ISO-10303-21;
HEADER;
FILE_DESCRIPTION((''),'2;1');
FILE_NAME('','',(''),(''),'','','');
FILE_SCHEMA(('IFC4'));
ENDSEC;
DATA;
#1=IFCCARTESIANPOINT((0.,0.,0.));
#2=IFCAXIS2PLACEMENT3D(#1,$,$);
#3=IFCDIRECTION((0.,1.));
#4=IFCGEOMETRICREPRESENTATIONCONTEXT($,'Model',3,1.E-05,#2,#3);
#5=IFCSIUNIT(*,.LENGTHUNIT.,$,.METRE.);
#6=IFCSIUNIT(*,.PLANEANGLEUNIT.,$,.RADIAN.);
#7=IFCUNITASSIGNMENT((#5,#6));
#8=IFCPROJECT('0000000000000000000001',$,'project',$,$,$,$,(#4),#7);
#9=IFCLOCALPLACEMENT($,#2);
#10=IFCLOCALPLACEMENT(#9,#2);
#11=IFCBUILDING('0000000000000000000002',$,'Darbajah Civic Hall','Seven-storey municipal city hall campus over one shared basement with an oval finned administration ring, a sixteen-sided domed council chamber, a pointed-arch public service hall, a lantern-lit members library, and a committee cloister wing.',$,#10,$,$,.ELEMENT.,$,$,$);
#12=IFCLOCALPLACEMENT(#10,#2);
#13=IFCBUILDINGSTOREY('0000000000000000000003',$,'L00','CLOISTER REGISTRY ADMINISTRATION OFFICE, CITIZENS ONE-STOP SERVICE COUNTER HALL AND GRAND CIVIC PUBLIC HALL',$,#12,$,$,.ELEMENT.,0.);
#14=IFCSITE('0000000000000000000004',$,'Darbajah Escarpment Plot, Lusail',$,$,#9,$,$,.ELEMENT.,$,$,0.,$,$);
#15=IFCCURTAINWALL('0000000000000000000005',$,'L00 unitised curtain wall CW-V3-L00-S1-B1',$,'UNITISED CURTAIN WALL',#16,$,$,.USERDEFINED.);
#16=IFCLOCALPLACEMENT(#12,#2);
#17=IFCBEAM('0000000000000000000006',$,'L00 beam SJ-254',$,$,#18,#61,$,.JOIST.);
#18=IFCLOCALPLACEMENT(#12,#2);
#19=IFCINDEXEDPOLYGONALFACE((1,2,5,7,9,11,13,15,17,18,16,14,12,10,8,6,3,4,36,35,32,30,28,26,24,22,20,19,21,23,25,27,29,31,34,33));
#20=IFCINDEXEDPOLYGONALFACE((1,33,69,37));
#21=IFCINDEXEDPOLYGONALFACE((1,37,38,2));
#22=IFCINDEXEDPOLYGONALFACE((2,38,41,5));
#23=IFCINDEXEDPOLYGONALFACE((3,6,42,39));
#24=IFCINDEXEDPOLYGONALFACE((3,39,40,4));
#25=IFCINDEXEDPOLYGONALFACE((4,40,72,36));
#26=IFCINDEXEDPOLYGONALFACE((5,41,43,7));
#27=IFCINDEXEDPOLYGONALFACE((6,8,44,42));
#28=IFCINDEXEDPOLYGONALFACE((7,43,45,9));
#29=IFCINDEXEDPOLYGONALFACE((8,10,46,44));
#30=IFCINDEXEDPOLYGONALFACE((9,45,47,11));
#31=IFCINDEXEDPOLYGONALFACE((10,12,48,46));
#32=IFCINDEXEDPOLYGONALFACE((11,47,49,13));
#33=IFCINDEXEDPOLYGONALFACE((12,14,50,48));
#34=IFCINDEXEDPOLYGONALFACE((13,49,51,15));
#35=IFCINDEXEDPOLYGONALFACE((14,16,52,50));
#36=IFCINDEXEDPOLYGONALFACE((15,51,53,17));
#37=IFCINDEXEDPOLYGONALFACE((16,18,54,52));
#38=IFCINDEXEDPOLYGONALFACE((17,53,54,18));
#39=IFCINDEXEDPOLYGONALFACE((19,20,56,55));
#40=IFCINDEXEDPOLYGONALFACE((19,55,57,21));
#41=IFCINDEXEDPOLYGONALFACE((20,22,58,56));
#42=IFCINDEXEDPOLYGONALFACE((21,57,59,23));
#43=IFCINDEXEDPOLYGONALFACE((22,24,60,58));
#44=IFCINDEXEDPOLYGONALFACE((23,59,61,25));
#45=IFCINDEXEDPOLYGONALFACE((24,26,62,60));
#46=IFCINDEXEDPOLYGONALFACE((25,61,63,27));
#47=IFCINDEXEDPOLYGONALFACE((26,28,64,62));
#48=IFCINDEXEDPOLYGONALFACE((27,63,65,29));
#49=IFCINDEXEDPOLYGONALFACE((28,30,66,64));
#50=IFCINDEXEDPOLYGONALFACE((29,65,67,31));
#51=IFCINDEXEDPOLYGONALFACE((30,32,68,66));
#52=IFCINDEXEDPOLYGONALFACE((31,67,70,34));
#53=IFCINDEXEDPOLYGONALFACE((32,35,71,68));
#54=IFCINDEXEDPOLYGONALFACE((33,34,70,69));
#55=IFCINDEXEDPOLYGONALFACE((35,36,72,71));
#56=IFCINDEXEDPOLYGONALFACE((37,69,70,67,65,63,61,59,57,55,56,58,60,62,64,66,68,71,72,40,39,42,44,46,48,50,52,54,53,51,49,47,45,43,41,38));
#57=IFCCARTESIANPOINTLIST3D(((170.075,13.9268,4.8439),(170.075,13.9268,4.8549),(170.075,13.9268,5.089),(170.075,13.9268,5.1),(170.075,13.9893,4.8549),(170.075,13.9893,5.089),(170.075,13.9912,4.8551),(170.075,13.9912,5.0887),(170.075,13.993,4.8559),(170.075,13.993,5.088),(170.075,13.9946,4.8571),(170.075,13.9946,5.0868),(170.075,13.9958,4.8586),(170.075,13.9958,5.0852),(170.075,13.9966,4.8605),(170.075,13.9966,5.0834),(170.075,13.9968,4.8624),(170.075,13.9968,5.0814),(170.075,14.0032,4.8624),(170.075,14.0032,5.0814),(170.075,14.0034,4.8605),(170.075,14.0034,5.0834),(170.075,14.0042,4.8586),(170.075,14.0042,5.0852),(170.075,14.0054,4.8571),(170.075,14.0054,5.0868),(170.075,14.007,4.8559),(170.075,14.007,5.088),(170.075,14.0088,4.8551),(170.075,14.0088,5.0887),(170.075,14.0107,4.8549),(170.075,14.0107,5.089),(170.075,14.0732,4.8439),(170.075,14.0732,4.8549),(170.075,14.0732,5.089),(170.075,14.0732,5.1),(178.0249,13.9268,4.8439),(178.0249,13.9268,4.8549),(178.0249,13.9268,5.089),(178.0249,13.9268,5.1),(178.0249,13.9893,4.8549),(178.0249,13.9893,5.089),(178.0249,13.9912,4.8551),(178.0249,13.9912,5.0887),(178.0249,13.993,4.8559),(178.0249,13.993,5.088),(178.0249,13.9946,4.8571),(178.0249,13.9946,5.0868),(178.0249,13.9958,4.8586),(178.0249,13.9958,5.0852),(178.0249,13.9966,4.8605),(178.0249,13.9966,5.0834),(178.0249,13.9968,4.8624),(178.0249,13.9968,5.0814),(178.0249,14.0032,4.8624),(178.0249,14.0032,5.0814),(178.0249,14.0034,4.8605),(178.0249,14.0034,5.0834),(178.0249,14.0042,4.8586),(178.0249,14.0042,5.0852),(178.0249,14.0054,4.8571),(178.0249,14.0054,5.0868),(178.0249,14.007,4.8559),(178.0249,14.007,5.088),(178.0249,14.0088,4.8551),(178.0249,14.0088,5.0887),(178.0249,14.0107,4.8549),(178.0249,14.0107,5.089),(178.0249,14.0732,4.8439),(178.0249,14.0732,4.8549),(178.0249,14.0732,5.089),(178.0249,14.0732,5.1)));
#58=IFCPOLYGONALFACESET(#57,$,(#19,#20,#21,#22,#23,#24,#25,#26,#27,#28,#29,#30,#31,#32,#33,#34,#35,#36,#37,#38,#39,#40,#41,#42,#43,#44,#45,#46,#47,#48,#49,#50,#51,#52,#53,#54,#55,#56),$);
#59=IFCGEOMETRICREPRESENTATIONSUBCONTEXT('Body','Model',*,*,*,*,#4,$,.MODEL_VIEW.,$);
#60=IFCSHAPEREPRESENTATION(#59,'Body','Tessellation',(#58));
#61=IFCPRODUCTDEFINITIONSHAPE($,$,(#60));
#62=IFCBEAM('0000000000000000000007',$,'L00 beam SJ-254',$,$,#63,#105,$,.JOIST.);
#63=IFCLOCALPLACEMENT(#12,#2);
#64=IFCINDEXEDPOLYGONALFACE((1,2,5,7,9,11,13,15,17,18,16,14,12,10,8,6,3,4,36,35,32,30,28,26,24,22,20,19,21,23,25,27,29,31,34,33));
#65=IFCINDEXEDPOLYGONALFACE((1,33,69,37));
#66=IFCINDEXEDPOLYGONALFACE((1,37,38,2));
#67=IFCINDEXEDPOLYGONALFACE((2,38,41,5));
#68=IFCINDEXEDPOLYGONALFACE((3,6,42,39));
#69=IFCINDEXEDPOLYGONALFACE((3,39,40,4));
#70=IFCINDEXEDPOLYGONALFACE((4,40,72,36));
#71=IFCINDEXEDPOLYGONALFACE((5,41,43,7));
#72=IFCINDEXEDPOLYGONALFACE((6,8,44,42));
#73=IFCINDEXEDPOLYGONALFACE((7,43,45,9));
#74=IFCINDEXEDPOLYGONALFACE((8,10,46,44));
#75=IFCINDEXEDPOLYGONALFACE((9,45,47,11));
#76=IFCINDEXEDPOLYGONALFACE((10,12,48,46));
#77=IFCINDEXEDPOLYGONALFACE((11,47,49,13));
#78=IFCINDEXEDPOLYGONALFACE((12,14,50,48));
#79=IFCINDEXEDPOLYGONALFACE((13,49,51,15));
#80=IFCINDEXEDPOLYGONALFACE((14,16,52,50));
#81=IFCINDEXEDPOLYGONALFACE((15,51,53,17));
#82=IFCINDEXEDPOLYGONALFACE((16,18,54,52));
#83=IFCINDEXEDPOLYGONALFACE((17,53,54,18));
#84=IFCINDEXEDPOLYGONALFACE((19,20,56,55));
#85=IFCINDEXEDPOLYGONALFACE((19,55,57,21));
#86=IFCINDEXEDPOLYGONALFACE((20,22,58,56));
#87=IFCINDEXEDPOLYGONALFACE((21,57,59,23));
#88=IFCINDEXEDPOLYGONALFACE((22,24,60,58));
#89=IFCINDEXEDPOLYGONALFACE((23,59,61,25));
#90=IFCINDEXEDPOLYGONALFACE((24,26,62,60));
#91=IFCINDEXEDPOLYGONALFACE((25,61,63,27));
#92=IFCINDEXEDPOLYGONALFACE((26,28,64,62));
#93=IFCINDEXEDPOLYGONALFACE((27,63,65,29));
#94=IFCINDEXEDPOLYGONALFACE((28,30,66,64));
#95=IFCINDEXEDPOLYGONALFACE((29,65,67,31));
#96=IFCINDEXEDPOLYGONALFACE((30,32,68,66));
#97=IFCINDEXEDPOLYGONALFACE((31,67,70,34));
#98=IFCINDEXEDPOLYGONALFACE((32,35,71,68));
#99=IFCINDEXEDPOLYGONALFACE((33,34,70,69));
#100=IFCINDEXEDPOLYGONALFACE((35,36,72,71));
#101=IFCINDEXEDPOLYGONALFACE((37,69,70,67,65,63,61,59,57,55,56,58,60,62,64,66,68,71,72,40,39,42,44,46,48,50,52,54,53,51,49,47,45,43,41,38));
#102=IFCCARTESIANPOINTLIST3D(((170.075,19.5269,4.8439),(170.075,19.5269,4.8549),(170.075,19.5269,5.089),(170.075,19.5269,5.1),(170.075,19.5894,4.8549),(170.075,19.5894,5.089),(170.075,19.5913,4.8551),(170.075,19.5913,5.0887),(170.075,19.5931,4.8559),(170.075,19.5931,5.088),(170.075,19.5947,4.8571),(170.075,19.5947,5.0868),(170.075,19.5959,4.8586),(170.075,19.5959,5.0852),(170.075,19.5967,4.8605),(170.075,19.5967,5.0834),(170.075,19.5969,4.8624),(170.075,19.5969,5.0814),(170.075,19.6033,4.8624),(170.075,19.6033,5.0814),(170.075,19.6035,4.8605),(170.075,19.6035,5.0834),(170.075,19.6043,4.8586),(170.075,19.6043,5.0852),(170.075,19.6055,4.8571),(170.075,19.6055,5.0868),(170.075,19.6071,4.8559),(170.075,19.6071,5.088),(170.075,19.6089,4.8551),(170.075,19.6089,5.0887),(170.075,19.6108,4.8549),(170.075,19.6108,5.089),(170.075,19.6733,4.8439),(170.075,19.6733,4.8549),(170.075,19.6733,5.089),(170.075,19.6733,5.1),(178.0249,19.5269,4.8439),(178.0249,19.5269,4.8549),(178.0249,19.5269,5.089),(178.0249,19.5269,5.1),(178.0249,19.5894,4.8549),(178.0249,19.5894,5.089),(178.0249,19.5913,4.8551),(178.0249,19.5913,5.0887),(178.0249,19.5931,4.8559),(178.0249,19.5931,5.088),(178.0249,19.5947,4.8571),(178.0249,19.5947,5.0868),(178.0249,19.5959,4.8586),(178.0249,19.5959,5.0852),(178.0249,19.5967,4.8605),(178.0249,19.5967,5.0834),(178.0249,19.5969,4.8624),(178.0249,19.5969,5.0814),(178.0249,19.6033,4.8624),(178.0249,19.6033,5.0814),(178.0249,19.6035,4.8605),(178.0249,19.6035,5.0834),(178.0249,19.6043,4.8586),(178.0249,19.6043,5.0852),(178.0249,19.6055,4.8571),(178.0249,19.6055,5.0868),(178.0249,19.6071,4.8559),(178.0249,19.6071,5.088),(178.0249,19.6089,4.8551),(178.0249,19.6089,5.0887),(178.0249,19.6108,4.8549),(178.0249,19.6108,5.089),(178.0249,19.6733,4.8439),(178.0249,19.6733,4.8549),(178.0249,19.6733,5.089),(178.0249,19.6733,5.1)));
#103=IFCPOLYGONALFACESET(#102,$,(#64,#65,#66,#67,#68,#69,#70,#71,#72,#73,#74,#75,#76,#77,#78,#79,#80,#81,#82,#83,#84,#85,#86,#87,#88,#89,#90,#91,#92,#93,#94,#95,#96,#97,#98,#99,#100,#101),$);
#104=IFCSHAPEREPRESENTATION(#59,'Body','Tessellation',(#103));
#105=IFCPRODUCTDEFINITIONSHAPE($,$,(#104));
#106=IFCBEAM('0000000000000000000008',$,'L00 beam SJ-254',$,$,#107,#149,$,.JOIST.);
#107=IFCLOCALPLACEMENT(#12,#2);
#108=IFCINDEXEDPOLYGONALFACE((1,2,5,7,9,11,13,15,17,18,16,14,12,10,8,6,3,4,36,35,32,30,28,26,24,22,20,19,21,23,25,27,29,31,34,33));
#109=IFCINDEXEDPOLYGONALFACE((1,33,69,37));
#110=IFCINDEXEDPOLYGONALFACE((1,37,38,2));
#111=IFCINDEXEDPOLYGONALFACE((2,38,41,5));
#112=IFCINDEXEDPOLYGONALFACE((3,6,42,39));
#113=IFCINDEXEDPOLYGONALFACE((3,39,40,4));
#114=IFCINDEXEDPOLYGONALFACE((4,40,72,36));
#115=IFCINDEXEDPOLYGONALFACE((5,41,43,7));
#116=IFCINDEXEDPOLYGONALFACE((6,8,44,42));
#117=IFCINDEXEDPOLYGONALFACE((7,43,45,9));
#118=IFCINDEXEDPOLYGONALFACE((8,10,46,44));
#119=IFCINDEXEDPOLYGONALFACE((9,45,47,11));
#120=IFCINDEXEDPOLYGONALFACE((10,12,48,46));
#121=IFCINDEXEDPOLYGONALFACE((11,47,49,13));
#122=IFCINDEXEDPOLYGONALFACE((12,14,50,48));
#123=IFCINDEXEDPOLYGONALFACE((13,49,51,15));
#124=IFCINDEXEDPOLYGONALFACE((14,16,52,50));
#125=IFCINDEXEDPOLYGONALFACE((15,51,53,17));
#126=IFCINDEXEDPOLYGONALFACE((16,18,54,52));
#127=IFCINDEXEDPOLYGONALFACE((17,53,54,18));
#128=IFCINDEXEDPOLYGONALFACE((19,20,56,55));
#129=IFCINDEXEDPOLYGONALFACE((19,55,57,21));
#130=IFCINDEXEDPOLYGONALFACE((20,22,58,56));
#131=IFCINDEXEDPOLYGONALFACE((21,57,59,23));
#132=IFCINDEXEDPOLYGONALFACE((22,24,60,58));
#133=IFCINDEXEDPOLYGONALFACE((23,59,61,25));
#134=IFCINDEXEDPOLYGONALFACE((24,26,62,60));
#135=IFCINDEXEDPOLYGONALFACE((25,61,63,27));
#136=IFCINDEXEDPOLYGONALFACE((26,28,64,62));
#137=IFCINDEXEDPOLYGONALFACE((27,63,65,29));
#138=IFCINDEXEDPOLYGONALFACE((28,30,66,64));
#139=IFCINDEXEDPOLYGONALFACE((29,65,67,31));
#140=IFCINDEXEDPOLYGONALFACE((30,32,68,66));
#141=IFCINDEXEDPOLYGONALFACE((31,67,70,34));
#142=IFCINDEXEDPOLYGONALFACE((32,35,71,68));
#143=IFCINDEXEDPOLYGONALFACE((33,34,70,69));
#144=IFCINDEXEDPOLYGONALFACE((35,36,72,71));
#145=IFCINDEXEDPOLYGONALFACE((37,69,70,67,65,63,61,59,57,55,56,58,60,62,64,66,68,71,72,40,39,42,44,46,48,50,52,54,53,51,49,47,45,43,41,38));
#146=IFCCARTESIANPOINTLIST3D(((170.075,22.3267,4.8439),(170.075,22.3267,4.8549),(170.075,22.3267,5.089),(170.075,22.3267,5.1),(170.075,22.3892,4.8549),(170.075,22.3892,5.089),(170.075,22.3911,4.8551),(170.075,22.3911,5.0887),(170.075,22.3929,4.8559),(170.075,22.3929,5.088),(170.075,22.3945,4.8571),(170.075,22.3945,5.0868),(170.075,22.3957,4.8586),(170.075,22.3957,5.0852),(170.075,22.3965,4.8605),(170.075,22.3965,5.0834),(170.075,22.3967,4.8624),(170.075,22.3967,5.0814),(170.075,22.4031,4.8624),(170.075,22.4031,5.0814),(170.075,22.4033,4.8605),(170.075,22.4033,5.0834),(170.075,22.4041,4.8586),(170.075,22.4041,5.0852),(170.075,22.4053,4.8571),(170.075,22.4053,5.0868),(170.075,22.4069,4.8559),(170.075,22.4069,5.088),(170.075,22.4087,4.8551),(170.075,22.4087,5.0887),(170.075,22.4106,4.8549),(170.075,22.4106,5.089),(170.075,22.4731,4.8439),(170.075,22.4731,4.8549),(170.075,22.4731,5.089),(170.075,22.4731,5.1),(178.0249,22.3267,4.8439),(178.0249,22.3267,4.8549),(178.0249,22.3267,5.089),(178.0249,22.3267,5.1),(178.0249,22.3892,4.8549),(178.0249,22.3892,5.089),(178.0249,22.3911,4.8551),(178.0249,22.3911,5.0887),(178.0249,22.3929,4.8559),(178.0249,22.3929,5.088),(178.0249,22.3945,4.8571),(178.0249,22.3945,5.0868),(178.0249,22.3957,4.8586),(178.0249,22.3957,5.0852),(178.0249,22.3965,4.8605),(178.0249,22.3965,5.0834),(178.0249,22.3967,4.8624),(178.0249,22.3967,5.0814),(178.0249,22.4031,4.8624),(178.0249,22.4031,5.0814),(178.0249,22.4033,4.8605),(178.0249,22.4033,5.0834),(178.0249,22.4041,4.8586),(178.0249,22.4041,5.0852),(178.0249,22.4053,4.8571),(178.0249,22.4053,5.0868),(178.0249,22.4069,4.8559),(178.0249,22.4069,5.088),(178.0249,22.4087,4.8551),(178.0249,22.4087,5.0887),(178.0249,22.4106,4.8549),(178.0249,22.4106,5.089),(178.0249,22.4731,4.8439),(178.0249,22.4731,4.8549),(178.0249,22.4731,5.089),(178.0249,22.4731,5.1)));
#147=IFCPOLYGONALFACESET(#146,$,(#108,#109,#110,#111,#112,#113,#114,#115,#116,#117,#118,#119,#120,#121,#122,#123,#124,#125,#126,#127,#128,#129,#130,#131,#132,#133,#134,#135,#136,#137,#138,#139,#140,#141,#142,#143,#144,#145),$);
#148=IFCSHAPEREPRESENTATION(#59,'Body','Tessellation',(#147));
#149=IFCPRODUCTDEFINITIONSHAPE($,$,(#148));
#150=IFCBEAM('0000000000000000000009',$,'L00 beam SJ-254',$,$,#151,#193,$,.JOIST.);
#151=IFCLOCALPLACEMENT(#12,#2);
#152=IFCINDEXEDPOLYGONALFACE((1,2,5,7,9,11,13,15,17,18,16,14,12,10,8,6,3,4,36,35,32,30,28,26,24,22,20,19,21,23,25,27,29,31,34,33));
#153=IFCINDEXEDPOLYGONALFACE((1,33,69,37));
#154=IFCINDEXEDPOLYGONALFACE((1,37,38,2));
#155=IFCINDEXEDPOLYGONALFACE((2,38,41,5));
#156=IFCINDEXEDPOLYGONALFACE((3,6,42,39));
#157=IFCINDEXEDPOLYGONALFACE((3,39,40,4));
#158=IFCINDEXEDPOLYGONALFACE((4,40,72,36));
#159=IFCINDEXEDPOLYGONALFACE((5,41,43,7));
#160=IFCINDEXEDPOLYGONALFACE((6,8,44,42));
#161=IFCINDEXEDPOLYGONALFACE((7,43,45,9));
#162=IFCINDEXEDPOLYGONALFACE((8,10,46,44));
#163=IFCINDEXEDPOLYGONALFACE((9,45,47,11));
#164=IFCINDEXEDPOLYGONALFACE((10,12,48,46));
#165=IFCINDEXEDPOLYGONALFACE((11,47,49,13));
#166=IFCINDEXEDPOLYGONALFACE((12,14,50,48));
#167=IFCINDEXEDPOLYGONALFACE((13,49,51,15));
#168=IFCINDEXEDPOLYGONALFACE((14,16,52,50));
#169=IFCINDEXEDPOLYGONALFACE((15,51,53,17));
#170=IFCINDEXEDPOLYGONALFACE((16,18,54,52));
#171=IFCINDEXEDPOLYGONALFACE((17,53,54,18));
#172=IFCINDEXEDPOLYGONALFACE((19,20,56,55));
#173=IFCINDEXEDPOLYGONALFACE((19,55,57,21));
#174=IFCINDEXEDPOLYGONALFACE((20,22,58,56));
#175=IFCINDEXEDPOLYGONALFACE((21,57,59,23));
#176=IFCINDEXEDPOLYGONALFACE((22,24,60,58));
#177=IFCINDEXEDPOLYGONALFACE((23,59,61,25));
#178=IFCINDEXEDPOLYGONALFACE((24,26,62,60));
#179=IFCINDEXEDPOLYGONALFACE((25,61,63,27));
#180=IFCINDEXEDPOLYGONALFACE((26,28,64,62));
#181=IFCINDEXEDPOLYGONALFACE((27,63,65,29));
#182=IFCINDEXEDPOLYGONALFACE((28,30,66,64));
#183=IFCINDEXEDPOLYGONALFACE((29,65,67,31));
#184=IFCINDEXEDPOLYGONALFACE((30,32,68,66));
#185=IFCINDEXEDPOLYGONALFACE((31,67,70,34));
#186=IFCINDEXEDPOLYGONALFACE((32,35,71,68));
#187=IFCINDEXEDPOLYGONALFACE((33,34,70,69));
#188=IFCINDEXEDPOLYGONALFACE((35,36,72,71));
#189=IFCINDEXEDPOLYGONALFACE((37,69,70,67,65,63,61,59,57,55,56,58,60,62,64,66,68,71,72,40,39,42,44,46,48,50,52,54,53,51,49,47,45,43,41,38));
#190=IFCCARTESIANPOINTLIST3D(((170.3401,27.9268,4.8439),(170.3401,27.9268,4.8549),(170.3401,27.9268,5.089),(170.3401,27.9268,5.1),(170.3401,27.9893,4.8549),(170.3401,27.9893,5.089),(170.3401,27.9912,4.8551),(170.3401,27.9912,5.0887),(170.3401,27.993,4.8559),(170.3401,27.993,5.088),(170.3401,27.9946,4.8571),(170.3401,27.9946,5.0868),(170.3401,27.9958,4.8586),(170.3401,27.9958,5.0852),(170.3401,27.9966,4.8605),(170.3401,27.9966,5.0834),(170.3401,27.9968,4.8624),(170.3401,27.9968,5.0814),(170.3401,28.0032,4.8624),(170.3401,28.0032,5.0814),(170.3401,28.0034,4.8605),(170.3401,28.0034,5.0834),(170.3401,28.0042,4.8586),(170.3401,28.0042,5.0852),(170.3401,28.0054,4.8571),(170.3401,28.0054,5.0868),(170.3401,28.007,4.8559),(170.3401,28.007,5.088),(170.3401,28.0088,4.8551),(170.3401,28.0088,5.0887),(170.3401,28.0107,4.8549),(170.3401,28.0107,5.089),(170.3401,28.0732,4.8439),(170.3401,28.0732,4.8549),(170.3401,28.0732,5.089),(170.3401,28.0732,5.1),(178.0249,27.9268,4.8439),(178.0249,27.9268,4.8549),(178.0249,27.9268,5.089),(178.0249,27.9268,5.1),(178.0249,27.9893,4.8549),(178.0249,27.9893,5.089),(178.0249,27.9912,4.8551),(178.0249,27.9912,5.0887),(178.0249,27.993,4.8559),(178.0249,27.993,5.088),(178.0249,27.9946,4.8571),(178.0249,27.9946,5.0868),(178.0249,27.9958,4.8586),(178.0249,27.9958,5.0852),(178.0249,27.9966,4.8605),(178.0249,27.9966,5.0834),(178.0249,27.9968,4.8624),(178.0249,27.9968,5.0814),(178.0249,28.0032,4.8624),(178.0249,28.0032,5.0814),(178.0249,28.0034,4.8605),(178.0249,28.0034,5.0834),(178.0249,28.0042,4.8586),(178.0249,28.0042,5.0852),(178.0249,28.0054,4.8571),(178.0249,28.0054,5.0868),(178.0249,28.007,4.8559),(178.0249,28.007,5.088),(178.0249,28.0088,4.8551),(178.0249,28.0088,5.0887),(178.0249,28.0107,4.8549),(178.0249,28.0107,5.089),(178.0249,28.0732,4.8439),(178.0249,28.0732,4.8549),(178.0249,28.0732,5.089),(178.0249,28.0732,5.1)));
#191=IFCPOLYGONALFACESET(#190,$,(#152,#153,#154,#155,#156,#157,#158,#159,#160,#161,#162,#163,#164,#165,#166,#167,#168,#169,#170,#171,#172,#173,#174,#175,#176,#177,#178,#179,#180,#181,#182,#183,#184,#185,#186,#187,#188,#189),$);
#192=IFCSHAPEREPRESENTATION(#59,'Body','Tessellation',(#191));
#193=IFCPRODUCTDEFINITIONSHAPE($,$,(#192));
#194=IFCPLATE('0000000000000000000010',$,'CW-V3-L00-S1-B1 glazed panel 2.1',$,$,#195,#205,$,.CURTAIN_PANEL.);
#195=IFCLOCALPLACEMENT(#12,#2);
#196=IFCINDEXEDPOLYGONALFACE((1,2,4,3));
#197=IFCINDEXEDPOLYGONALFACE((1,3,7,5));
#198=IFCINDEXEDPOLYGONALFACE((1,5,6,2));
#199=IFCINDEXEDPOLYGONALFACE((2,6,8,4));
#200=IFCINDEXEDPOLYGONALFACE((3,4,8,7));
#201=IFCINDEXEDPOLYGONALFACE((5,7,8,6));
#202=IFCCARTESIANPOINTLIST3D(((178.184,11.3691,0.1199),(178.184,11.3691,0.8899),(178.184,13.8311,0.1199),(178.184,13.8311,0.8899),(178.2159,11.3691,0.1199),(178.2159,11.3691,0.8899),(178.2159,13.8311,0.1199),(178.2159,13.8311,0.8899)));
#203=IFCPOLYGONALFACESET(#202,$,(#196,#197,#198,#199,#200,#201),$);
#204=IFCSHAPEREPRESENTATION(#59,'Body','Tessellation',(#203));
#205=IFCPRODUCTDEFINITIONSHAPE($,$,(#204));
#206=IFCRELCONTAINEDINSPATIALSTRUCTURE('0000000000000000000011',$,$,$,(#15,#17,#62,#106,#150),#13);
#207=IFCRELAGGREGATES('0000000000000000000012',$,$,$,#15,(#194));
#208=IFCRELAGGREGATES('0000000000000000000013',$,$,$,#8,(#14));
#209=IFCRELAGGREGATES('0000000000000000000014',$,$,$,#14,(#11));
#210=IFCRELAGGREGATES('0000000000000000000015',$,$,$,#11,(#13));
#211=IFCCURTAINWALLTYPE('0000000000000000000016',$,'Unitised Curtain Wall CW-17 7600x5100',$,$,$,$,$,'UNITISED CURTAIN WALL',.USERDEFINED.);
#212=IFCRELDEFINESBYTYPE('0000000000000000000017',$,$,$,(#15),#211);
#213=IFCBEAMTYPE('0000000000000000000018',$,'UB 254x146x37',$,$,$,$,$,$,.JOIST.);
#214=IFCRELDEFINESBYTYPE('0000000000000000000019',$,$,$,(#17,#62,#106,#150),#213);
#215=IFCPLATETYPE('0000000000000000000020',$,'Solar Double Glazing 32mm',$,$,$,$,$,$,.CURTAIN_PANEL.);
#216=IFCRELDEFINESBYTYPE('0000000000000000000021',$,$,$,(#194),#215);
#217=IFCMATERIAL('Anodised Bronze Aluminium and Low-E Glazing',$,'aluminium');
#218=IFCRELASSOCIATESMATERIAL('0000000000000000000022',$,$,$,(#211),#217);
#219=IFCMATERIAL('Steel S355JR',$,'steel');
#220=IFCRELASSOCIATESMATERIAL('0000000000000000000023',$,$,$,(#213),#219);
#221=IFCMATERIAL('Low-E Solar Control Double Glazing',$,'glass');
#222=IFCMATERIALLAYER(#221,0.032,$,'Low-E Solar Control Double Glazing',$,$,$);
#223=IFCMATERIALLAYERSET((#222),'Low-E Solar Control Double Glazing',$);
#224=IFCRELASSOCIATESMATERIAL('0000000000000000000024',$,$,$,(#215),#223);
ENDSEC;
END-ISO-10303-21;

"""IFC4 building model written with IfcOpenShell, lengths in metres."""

from ifc_helpers import new_model, si_unit, direction, frame, origin, origin_2d, place, context, subcontext, project, spatial, rectangle, i_section, extrude, material, layer, layer_set, material_profile, profile_set, type_object, element, aggregate, save


model = new_model("IFC4")

# Units and contexts
model_context = context("Model", 3, precision=1e-05, world=origin(), true_north=direction((0.0, 1.0)))
body_context = subcontext(model_context, "Body", "Model", "MODEL_VIEW")
ifc_project = project(units=[si_unit("LENGTHUNIT", "METRE"), si_unit("PLANEANGLEUNIT", "RADIAN")], contexts=[model_context])

# Site, building, storey
site_placement = place(None, origin())
site = spatial("IfcSite", under=ifc_project, at=site_placement, Name="Darbajah Escarpment Plot, Lusail", CompositionType="ELEMENT", RefElevation=0.0)
building_placement = place(site_placement, origin())
building = spatial("IfcBuilding", under=site, at=building_placement, Name="Darbajah Civic Hall", Description="Seven-storey municipal city hall campus over one shared basement with an oval finned administration ring, a sixteen-sided domed council chamber, a pointed-arch public service hall, a lantern-lit members library, and a committee cloister wing.", CompositionType="ELEMENT")
storey_placement = place(building_placement, origin())
storey = spatial("IfcBuildingStorey", under=building, at=storey_placement, Name="L00", Description="CLOISTER REGISTRY ADMINISTRATION OFFICE, CITIZENS ONE-STOP SERVICE COUNTER HALL AND GRAND CIVIC PUBLIC HALL", CompositionType="ELEMENT", Elevation=0.0)

# Curtain wall
ifc_material_1 = material(Name="Anodised Bronze Aluminium and Low-E Glazing", Category="aluminium")
curtain_wall_type = type_object("IfcCurtainWallType", Name="Unitised Curtain Wall CW-17 7600x5100", ElementType="UNITISED CURTAIN WALL", PredefinedType="USERDEFINED", material=ifc_material_1)
curtain_wall_1_placement = place(storey_placement, origin())
curtain_wall_1 = element("IfcCurtainWall", 1, at=curtain_wall_1_placement, inside=storey, type_object=curtain_wall_type, Name="L00 unitised curtain wall CW-V3-L00-S1-B1", ObjectType="UNITISED CURTAIN WALL", PredefinedType="USERDEFINED")

# Beams
ifc_material_2 = material(Name="Steel S355JR", Category="steel")
ifc_material_profile_1 = material_profile(ifc_material_2, i_section(OverallWidth=0.1465, OverallDepth=0.2561, WebThickness=0.0063, FlangeThickness=0.011, FilletRadius=0.0076, at=origin_2d()), Name="UB 254x146x37")
ifc_profile_set_1 = profile_set([ifc_material_profile_1], Name="Steel S355JR")
beam_type_1 = type_object("IfcBeamType", Name="UB 254x146x37", PredefinedType="JOIST", material=ifc_profile_set_1)
for number, where, z_axis, x_axis, name in (
    (2, (170.075, 14.0, 4.9719), (1.0, 0.0, 0.0), (0.0, 1.0, 0.0), "L00 beam SJ-254"),
    (3, (170.075, 19.6001, 4.9719), (1.0, 0.0, 0.0), (0.0, 1.0, 0.0), "L00 beam SJ-254"),
    (4, (170.075, 22.3999, 4.9719), (1.0, 0.0, 0.0), (0.0, 1.0, 0.0), "L00 beam SJ-254"),
):
    element("IfcBeam", number, at=place(storey_placement, frame(where, z_axis=z_axis, x_axis=x_axis)), inside=storey, type_object=beam_type_1, Name=name, PredefinedType="JOIST", context=body_context, shape_type="SweptSolid", body=[
        extrude(i_section(OverallWidth=0.1465, OverallDepth=0.2561, WebThickness=0.0063, FlangeThickness=0.011, FilletRadius=0.0076, at=origin_2d()), origin(), (0.0, 0.0, 1.0), 7.95),
    ])
beam_1_placement = place(storey_placement, frame((170.3401, 28.0, 4.9719), z_axis=(1.0, 0.0, 0.0), x_axis=(0.0, 1.0, 0.0)))
element("IfcBeam", 5, at=beam_1_placement, inside=storey, type_object=beam_type_1, Name="L00 beam SJ-254", PredefinedType="JOIST", context=body_context, shape_type="SweptSolid", body=[
    extrude(i_section(OverallWidth=0.1465, OverallDepth=0.2561, WebThickness=0.0063, FlangeThickness=0.011, FilletRadius=0.0076, at=origin_2d()), origin(), (0.0, 0.0, 1.0), 7.6848),
])

# Plate
ifc_material_3 = material(Name="Low-E Solar Control Double Glazing", Category="glass")
ifc_layer_1 = layer(ifc_material_3, 0.032, Name="Low-E Solar Control Double Glazing")
ifc_layer_set_1 = layer_set([ifc_layer_1], Name="Low-E Solar Control Double Glazing")
plate_type = type_object("IfcPlateType", Name="Solar Double Glazing 32mm", PredefinedType="CURTAIN_PANEL", material=ifc_layer_set_1)
plate_1_placement = place(storey_placement, frame((178.2, 12.6001, 0.1199), z_axis=(0.0, 0.0, 1.0), x_axis=(0.0, 1.0, 0.0)))
plate_1 = element("IfcPlate", 6, at=plate_1_placement, type_object=plate_type, Name="CW-V3-L00-S1-B1 glazed panel 2.1", PredefinedType="CURTAIN_PANEL", context=body_context, shape_type="SweptSolid", body=[
    extrude(rectangle(XDim=2.4619, YDim=0.032, at=origin_2d()), origin(), (0.0, 0.0, 1.0), 0.77),
])
aggregate(curtain_wall_1, [plate_1])

save(model, "model.ifc")
